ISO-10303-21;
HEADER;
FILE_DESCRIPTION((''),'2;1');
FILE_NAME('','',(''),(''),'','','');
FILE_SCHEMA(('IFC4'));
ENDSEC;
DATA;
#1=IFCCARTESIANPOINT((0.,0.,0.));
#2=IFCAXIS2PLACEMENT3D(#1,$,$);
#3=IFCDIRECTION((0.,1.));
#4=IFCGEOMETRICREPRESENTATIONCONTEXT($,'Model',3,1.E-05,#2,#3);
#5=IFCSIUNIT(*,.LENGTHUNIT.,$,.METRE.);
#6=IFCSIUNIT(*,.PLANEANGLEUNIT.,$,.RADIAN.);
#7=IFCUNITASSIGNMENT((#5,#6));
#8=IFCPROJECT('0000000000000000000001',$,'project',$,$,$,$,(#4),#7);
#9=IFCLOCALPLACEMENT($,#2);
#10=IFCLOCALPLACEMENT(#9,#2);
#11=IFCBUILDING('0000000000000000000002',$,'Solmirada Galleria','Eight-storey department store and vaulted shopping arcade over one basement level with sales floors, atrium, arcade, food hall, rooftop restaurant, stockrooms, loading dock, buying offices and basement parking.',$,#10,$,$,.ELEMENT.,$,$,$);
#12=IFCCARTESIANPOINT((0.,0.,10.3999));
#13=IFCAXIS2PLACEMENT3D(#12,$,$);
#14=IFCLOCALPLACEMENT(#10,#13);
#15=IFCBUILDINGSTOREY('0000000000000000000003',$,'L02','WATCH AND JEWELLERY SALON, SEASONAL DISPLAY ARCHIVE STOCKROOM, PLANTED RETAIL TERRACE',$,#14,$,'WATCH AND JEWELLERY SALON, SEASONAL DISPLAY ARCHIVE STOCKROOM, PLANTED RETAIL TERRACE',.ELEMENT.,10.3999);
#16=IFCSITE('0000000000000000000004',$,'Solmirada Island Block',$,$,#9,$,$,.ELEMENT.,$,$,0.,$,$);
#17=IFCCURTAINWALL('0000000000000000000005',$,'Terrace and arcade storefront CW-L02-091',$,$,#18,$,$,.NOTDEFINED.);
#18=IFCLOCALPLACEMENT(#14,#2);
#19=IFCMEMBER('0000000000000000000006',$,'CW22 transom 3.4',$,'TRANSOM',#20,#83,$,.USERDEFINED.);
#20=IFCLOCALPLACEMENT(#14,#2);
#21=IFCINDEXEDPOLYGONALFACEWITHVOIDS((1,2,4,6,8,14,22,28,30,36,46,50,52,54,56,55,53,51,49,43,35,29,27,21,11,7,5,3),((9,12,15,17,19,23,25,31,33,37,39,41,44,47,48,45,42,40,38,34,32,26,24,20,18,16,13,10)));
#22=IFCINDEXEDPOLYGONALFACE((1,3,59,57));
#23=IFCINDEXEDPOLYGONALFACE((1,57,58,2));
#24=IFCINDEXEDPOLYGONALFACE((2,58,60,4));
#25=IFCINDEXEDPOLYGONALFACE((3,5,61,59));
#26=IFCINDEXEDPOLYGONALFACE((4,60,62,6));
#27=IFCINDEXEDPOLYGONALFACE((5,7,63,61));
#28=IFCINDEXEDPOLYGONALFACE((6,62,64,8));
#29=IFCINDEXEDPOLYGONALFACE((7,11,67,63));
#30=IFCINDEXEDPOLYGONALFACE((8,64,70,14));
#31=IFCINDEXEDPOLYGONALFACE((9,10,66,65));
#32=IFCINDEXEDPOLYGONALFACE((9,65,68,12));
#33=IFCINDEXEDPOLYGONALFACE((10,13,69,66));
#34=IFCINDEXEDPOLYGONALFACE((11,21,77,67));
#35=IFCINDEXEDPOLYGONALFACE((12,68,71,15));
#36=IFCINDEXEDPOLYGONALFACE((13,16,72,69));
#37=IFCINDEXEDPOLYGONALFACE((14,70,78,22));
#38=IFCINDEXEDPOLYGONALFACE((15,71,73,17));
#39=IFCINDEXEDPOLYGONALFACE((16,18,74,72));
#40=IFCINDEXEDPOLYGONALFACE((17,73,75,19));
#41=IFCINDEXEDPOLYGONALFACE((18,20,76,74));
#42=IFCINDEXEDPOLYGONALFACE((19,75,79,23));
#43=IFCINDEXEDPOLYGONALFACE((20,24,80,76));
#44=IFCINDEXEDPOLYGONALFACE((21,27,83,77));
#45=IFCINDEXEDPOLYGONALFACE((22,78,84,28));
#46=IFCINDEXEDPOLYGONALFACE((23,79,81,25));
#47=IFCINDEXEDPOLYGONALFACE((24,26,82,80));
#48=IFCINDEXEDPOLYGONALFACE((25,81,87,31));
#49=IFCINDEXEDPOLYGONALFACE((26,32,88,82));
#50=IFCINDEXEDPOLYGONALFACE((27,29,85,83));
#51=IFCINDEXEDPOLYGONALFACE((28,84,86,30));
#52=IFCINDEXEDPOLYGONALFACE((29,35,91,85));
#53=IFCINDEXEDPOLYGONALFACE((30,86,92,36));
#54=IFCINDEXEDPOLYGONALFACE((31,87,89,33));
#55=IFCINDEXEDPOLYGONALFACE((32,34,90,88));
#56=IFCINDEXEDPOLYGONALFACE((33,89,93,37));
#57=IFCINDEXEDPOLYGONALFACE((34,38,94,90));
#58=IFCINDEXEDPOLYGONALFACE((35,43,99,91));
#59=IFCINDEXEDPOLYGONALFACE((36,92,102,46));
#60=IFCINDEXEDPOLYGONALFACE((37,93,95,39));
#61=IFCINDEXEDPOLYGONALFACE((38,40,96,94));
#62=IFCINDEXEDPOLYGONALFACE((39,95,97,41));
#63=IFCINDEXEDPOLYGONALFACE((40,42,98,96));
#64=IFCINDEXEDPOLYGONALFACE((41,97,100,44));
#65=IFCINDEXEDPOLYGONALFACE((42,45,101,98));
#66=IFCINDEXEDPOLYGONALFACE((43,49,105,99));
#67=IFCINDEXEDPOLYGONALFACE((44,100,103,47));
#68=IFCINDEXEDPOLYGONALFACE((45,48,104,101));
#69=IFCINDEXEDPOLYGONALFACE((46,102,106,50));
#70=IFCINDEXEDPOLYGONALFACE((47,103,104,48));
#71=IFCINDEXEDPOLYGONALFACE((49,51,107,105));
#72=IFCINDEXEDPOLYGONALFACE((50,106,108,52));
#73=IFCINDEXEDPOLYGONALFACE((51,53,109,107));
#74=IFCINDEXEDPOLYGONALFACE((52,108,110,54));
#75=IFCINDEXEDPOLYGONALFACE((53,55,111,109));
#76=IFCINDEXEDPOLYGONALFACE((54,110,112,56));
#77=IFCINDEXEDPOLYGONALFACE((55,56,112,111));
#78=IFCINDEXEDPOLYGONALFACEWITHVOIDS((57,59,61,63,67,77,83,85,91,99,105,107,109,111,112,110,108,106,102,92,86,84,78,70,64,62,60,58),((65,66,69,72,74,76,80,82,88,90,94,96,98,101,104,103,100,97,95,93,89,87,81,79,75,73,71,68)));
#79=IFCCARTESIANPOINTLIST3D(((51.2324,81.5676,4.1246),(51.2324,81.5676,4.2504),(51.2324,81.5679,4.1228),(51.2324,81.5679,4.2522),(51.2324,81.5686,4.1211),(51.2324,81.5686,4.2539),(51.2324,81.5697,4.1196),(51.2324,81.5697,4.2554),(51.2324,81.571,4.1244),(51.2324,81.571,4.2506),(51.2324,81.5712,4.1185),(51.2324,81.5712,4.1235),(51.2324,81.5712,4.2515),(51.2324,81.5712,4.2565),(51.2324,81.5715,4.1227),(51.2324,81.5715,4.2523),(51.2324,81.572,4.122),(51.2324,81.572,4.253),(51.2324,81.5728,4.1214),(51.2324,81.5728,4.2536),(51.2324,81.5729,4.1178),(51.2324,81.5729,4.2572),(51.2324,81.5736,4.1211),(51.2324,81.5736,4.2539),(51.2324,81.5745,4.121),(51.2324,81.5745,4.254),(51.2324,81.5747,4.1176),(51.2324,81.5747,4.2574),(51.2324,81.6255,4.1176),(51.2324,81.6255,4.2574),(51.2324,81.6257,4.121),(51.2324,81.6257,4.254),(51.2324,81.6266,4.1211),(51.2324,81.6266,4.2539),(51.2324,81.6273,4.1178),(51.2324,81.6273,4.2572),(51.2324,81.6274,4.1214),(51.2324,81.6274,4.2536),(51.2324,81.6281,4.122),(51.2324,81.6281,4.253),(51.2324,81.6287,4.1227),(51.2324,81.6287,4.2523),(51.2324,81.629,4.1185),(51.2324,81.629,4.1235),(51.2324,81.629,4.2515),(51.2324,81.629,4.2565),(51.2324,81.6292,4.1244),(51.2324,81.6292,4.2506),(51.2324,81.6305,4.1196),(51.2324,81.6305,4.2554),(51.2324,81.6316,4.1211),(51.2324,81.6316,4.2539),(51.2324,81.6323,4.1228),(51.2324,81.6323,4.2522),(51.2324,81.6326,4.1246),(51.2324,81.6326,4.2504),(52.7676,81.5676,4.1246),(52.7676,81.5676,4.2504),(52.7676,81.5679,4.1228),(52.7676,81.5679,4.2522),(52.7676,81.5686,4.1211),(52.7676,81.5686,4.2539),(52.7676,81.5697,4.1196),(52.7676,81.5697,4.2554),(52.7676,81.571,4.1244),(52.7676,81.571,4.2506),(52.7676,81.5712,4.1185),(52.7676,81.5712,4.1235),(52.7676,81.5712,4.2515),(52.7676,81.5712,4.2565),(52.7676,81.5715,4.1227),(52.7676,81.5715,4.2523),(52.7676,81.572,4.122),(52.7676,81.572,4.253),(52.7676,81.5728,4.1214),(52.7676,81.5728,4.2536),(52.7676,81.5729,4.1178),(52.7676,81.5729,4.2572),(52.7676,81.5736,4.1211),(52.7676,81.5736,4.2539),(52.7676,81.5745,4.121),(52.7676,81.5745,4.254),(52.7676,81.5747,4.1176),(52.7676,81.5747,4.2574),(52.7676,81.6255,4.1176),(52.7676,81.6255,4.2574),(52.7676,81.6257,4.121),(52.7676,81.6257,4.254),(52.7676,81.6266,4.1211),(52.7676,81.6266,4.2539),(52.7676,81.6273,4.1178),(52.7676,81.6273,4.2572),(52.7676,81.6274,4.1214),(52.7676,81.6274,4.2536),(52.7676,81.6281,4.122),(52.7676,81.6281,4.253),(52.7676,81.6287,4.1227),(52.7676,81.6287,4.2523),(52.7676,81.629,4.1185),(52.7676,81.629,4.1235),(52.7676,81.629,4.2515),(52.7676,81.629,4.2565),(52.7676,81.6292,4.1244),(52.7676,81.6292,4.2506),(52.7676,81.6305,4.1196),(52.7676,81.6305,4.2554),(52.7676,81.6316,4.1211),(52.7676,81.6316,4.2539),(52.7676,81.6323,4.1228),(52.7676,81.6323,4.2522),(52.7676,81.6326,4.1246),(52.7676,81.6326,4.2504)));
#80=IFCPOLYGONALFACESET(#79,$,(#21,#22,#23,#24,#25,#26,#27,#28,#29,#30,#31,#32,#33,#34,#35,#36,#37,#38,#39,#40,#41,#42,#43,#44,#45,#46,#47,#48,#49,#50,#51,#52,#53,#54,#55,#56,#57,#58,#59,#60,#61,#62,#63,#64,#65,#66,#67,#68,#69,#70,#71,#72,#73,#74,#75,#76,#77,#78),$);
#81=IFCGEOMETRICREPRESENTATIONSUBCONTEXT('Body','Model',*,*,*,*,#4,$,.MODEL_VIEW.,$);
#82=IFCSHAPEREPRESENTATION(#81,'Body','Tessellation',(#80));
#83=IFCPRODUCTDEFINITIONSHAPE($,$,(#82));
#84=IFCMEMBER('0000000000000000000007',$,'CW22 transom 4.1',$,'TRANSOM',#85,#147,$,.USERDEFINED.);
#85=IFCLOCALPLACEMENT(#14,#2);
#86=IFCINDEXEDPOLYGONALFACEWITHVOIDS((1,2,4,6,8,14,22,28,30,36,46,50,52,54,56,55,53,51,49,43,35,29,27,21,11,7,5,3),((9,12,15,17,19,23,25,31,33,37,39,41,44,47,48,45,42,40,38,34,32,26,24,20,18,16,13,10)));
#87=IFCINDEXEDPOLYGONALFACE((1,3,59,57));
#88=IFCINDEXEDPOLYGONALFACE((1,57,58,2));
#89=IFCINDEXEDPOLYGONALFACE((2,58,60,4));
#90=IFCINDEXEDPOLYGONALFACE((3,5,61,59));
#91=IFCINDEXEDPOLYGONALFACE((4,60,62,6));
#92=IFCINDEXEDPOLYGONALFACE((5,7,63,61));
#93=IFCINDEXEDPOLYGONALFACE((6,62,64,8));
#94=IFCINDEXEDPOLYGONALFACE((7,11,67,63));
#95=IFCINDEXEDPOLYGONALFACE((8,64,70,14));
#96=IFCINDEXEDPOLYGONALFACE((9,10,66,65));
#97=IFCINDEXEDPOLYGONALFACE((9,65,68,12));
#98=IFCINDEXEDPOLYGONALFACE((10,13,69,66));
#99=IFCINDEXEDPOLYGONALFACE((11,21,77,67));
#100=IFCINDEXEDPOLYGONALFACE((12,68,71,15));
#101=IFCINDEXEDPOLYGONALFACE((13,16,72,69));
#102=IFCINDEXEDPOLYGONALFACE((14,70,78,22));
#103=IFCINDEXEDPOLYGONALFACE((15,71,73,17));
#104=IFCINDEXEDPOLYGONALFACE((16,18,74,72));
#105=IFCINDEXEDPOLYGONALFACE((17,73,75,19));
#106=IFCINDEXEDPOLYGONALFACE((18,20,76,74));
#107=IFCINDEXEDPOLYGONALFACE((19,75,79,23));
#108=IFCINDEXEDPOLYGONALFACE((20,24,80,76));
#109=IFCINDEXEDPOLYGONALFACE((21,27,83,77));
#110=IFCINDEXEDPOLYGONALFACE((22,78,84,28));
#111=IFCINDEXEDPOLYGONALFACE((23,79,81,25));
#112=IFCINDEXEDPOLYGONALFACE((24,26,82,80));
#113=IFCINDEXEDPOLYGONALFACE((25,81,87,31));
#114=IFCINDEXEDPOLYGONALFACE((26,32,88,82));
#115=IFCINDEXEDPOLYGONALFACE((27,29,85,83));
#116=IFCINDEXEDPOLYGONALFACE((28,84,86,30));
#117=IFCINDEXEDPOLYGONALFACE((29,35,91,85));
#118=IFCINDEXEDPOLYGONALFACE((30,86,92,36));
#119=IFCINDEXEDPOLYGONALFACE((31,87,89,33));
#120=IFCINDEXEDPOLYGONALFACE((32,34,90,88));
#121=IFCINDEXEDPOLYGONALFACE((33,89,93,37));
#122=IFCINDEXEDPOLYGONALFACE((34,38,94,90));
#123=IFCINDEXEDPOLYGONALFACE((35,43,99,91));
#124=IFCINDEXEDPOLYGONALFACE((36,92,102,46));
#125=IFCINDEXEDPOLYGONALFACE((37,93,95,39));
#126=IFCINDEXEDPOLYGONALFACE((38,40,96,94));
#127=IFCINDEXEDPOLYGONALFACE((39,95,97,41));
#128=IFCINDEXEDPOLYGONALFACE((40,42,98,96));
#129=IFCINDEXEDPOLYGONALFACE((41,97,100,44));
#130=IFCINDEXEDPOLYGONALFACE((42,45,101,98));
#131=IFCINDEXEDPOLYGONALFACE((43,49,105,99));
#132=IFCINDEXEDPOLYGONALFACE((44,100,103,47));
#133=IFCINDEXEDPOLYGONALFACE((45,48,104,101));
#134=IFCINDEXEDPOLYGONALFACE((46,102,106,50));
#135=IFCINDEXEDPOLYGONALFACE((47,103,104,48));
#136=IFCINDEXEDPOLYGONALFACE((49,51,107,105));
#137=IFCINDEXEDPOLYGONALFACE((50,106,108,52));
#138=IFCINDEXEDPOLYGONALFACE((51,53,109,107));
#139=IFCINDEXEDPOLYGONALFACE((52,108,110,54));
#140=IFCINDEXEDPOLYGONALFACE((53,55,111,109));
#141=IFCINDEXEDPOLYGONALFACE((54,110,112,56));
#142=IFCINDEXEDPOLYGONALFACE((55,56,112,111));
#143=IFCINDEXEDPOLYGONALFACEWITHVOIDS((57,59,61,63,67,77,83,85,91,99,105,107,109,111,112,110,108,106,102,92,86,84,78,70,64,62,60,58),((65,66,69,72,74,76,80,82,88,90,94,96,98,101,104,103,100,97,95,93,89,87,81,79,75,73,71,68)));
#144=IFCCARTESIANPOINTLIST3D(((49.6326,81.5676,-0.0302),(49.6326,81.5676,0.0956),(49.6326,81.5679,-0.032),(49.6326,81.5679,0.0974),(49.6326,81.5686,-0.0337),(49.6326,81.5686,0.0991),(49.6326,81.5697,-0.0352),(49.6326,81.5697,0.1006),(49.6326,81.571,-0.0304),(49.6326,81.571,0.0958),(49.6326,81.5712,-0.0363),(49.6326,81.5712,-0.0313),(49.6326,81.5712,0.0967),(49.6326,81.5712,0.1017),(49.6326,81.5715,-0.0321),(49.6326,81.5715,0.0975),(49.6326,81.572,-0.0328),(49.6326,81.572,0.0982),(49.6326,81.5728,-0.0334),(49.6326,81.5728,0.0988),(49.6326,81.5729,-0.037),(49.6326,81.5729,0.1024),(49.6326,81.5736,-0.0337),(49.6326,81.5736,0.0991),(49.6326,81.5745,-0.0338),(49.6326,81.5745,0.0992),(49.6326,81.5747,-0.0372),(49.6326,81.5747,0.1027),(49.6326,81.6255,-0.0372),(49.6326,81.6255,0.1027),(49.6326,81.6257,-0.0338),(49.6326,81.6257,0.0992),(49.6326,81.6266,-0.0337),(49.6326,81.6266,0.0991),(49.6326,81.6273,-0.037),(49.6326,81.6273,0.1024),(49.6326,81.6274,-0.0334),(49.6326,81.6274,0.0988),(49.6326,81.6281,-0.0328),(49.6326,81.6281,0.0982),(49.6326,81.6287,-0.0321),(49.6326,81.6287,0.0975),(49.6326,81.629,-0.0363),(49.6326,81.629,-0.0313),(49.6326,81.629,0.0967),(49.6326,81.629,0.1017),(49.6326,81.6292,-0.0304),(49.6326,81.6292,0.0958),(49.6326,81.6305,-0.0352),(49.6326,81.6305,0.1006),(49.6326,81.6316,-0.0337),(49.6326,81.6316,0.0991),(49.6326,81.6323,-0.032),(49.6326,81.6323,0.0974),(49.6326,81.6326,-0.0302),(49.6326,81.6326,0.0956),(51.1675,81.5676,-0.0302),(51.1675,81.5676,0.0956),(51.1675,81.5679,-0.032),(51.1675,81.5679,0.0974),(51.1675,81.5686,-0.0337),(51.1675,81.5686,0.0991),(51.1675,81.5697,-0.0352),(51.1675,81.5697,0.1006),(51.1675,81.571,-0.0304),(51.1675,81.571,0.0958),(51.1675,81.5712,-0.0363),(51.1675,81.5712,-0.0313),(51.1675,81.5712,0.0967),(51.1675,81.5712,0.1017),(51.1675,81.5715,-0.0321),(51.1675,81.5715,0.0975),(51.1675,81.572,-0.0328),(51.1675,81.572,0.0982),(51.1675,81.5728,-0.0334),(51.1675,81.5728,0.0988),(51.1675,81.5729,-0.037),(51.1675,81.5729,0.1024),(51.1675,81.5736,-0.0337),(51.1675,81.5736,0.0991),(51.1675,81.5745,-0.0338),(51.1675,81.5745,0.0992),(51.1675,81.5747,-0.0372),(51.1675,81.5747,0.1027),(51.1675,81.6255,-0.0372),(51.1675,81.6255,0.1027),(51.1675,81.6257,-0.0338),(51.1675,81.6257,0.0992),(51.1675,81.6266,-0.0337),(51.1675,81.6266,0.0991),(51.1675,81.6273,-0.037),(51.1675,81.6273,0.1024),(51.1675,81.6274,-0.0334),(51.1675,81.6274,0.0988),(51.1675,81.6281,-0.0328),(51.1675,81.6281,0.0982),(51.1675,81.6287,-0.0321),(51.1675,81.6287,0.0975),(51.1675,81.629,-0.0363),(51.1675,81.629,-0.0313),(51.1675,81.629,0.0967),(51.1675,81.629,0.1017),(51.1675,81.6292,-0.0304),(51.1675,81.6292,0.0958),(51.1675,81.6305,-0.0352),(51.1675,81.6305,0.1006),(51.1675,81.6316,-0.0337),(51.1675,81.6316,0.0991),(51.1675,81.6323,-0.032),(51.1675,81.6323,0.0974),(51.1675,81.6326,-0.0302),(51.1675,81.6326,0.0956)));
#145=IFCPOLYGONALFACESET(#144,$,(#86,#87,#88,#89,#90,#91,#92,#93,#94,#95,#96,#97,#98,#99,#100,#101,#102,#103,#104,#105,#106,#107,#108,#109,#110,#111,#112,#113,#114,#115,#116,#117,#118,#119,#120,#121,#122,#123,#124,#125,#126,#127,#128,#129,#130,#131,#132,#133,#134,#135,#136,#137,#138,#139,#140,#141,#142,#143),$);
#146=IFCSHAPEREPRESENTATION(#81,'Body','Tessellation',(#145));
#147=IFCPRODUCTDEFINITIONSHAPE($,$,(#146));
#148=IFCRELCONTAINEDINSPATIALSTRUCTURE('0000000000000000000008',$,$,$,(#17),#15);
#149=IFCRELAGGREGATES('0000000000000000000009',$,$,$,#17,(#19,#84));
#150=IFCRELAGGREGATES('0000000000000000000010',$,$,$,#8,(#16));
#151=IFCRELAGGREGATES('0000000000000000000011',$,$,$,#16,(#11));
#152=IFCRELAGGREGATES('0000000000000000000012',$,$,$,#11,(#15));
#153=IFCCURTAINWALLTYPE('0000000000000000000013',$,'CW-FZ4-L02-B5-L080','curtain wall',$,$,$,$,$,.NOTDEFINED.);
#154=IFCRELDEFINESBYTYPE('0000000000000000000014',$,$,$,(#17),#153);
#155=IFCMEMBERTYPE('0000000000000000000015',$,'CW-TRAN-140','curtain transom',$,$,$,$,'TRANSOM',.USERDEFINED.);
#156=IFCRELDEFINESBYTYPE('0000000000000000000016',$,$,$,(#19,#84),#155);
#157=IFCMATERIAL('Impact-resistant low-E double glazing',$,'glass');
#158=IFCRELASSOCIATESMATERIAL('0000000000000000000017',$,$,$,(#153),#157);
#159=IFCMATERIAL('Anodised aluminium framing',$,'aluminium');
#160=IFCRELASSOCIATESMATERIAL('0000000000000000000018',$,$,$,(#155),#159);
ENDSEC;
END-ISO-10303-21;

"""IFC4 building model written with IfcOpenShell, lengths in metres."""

from ifc_helpers import new_model, si_unit, direction, frame, origin, origin_2d, place, context, subcontext, project, spatial, hollow_rectangle, extrude, material, material_profile, profile_set, type_object, element, aggregate, save


model = new_model("IFC4")

# Units and contexts
model_context = context("Model", 3, precision=1e-05, world=origin(), true_north=direction((0.0, 1.0)))
body_context = subcontext(model_context, "Body", "Model", "MODEL_VIEW")
ifc_project = project(units=[si_unit("LENGTHUNIT", "METRE"), si_unit("PLANEANGLEUNIT", "RADIAN")], contexts=[model_context])

# Site, building, storey
site_placement = place(None, origin())
site = spatial("IfcSite", under=ifc_project, at=site_placement, Name="Solmirada Island Block", CompositionType="ELEMENT", RefElevation=0.0)
building_placement = place(site_placement, origin())
building = spatial("IfcBuilding", under=site, at=building_placement, Name="Solmirada Galleria", Description="Eight-storey department store and vaulted shopping arcade over one basement level with sales floors, atrium, arcade, food hall, rooftop restaurant, stockrooms, loading dock, buying offices and basement parking.", CompositionType="ELEMENT")
storey_placement = place(building_placement, frame((0.0, 0.0, 10.3999)))
storey = spatial("IfcBuildingStorey", under=building, at=storey_placement, Name="L02", Description="WATCH AND JEWELLERY SALON, SEASONAL DISPLAY ARCHIVE STOCKROOM, PLANTED RETAIL TERRACE", LongName="WATCH AND JEWELLERY SALON, SEASONAL DISPLAY ARCHIVE STOCKROOM, PLANTED RETAIL TERRACE", CompositionType="ELEMENT", Elevation=10.3999)

# Curtain wall
ifc_material_1 = material(Name="Impact-resistant low-E double glazing", Category="glass")
curtain_wall_type = type_object("IfcCurtainWallType", Name="CW-FZ4-L02-B5-L080", Description="curtain wall", PredefinedType="NOTDEFINED", material=ifc_material_1)
curtain_wall_1_placement = place(storey_placement, origin())
curtain_wall_1 = element("IfcCurtainWall", 1, at=curtain_wall_1_placement, inside=storey, type_object=curtain_wall_type, Name="Terrace and arcade storefront CW-L02-091", PredefinedType="NOTDEFINED")
ifc_material_2 = material(Name="Anodised aluminium framing", Category="aluminium")

# Members
ifc_material_profile_1 = material_profile(ifc_material_2, hollow_rectangle(XDim=0.0649, YDim=0.1399, WallThickness=0.0034, InnerFilletRadius=0.0034, OuterFilletRadius=0.0071, at=origin_2d()), Name="ALU-TRAN-140X65")
ifc_profile_set_1 = profile_set([ifc_material_profile_1], Name="Anodised aluminium framing")
member_type_1 = type_object("IfcMemberType", Name="CW-TRAN-140", Description="curtain transom", ElementType="TRANSOM", PredefinedType="USERDEFINED", material=ifc_profile_set_1)
member_1_placement = place(storey_placement, frame((52.7676, 81.6001, 4.1875), z_axis=(-1.0, 0.0, 0.0), x_axis=(0.0, -1.0, 0.0)))
member_1 = element("IfcMember", 2, at=member_1_placement, type_object=member_type_1, Name="CW22 transom 3.4", ObjectType="TRANSOM", PredefinedType="USERDEFINED", context=body_context, shape_type="SweptSolid", body=[
    extrude(hollow_rectangle(XDim=0.0649, YDim=0.1399, WallThickness=0.0034, InnerFilletRadius=0.0034, OuterFilletRadius=0.0071, at=origin_2d()), origin(), (0.0, 0.0, 1.0), 1.5352),
])
member_2_placement = place(storey_placement, frame((51.1675, 81.6001, 0.0327), z_axis=(-1.0, 0.0, 0.0), x_axis=(0.0, -1.0, 0.0)))
member_2 = element("IfcMember", 3, at=member_2_placement, type_object=member_type_1, Name="CW22 transom 4.1", ObjectType="TRANSOM", PredefinedType="USERDEFINED", context=body_context, shape_type="SweptSolid", body=[
    extrude(hollow_rectangle(XDim=0.0649, YDim=0.1399, WallThickness=0.0034, InnerFilletRadius=0.0034, OuterFilletRadius=0.0071, at=origin_2d()), origin(), (0.0, 0.0, 1.0), 1.5349),
])

aggregate(curtain_wall_1, [member_1, member_2])

save(model, "model.ifc")
